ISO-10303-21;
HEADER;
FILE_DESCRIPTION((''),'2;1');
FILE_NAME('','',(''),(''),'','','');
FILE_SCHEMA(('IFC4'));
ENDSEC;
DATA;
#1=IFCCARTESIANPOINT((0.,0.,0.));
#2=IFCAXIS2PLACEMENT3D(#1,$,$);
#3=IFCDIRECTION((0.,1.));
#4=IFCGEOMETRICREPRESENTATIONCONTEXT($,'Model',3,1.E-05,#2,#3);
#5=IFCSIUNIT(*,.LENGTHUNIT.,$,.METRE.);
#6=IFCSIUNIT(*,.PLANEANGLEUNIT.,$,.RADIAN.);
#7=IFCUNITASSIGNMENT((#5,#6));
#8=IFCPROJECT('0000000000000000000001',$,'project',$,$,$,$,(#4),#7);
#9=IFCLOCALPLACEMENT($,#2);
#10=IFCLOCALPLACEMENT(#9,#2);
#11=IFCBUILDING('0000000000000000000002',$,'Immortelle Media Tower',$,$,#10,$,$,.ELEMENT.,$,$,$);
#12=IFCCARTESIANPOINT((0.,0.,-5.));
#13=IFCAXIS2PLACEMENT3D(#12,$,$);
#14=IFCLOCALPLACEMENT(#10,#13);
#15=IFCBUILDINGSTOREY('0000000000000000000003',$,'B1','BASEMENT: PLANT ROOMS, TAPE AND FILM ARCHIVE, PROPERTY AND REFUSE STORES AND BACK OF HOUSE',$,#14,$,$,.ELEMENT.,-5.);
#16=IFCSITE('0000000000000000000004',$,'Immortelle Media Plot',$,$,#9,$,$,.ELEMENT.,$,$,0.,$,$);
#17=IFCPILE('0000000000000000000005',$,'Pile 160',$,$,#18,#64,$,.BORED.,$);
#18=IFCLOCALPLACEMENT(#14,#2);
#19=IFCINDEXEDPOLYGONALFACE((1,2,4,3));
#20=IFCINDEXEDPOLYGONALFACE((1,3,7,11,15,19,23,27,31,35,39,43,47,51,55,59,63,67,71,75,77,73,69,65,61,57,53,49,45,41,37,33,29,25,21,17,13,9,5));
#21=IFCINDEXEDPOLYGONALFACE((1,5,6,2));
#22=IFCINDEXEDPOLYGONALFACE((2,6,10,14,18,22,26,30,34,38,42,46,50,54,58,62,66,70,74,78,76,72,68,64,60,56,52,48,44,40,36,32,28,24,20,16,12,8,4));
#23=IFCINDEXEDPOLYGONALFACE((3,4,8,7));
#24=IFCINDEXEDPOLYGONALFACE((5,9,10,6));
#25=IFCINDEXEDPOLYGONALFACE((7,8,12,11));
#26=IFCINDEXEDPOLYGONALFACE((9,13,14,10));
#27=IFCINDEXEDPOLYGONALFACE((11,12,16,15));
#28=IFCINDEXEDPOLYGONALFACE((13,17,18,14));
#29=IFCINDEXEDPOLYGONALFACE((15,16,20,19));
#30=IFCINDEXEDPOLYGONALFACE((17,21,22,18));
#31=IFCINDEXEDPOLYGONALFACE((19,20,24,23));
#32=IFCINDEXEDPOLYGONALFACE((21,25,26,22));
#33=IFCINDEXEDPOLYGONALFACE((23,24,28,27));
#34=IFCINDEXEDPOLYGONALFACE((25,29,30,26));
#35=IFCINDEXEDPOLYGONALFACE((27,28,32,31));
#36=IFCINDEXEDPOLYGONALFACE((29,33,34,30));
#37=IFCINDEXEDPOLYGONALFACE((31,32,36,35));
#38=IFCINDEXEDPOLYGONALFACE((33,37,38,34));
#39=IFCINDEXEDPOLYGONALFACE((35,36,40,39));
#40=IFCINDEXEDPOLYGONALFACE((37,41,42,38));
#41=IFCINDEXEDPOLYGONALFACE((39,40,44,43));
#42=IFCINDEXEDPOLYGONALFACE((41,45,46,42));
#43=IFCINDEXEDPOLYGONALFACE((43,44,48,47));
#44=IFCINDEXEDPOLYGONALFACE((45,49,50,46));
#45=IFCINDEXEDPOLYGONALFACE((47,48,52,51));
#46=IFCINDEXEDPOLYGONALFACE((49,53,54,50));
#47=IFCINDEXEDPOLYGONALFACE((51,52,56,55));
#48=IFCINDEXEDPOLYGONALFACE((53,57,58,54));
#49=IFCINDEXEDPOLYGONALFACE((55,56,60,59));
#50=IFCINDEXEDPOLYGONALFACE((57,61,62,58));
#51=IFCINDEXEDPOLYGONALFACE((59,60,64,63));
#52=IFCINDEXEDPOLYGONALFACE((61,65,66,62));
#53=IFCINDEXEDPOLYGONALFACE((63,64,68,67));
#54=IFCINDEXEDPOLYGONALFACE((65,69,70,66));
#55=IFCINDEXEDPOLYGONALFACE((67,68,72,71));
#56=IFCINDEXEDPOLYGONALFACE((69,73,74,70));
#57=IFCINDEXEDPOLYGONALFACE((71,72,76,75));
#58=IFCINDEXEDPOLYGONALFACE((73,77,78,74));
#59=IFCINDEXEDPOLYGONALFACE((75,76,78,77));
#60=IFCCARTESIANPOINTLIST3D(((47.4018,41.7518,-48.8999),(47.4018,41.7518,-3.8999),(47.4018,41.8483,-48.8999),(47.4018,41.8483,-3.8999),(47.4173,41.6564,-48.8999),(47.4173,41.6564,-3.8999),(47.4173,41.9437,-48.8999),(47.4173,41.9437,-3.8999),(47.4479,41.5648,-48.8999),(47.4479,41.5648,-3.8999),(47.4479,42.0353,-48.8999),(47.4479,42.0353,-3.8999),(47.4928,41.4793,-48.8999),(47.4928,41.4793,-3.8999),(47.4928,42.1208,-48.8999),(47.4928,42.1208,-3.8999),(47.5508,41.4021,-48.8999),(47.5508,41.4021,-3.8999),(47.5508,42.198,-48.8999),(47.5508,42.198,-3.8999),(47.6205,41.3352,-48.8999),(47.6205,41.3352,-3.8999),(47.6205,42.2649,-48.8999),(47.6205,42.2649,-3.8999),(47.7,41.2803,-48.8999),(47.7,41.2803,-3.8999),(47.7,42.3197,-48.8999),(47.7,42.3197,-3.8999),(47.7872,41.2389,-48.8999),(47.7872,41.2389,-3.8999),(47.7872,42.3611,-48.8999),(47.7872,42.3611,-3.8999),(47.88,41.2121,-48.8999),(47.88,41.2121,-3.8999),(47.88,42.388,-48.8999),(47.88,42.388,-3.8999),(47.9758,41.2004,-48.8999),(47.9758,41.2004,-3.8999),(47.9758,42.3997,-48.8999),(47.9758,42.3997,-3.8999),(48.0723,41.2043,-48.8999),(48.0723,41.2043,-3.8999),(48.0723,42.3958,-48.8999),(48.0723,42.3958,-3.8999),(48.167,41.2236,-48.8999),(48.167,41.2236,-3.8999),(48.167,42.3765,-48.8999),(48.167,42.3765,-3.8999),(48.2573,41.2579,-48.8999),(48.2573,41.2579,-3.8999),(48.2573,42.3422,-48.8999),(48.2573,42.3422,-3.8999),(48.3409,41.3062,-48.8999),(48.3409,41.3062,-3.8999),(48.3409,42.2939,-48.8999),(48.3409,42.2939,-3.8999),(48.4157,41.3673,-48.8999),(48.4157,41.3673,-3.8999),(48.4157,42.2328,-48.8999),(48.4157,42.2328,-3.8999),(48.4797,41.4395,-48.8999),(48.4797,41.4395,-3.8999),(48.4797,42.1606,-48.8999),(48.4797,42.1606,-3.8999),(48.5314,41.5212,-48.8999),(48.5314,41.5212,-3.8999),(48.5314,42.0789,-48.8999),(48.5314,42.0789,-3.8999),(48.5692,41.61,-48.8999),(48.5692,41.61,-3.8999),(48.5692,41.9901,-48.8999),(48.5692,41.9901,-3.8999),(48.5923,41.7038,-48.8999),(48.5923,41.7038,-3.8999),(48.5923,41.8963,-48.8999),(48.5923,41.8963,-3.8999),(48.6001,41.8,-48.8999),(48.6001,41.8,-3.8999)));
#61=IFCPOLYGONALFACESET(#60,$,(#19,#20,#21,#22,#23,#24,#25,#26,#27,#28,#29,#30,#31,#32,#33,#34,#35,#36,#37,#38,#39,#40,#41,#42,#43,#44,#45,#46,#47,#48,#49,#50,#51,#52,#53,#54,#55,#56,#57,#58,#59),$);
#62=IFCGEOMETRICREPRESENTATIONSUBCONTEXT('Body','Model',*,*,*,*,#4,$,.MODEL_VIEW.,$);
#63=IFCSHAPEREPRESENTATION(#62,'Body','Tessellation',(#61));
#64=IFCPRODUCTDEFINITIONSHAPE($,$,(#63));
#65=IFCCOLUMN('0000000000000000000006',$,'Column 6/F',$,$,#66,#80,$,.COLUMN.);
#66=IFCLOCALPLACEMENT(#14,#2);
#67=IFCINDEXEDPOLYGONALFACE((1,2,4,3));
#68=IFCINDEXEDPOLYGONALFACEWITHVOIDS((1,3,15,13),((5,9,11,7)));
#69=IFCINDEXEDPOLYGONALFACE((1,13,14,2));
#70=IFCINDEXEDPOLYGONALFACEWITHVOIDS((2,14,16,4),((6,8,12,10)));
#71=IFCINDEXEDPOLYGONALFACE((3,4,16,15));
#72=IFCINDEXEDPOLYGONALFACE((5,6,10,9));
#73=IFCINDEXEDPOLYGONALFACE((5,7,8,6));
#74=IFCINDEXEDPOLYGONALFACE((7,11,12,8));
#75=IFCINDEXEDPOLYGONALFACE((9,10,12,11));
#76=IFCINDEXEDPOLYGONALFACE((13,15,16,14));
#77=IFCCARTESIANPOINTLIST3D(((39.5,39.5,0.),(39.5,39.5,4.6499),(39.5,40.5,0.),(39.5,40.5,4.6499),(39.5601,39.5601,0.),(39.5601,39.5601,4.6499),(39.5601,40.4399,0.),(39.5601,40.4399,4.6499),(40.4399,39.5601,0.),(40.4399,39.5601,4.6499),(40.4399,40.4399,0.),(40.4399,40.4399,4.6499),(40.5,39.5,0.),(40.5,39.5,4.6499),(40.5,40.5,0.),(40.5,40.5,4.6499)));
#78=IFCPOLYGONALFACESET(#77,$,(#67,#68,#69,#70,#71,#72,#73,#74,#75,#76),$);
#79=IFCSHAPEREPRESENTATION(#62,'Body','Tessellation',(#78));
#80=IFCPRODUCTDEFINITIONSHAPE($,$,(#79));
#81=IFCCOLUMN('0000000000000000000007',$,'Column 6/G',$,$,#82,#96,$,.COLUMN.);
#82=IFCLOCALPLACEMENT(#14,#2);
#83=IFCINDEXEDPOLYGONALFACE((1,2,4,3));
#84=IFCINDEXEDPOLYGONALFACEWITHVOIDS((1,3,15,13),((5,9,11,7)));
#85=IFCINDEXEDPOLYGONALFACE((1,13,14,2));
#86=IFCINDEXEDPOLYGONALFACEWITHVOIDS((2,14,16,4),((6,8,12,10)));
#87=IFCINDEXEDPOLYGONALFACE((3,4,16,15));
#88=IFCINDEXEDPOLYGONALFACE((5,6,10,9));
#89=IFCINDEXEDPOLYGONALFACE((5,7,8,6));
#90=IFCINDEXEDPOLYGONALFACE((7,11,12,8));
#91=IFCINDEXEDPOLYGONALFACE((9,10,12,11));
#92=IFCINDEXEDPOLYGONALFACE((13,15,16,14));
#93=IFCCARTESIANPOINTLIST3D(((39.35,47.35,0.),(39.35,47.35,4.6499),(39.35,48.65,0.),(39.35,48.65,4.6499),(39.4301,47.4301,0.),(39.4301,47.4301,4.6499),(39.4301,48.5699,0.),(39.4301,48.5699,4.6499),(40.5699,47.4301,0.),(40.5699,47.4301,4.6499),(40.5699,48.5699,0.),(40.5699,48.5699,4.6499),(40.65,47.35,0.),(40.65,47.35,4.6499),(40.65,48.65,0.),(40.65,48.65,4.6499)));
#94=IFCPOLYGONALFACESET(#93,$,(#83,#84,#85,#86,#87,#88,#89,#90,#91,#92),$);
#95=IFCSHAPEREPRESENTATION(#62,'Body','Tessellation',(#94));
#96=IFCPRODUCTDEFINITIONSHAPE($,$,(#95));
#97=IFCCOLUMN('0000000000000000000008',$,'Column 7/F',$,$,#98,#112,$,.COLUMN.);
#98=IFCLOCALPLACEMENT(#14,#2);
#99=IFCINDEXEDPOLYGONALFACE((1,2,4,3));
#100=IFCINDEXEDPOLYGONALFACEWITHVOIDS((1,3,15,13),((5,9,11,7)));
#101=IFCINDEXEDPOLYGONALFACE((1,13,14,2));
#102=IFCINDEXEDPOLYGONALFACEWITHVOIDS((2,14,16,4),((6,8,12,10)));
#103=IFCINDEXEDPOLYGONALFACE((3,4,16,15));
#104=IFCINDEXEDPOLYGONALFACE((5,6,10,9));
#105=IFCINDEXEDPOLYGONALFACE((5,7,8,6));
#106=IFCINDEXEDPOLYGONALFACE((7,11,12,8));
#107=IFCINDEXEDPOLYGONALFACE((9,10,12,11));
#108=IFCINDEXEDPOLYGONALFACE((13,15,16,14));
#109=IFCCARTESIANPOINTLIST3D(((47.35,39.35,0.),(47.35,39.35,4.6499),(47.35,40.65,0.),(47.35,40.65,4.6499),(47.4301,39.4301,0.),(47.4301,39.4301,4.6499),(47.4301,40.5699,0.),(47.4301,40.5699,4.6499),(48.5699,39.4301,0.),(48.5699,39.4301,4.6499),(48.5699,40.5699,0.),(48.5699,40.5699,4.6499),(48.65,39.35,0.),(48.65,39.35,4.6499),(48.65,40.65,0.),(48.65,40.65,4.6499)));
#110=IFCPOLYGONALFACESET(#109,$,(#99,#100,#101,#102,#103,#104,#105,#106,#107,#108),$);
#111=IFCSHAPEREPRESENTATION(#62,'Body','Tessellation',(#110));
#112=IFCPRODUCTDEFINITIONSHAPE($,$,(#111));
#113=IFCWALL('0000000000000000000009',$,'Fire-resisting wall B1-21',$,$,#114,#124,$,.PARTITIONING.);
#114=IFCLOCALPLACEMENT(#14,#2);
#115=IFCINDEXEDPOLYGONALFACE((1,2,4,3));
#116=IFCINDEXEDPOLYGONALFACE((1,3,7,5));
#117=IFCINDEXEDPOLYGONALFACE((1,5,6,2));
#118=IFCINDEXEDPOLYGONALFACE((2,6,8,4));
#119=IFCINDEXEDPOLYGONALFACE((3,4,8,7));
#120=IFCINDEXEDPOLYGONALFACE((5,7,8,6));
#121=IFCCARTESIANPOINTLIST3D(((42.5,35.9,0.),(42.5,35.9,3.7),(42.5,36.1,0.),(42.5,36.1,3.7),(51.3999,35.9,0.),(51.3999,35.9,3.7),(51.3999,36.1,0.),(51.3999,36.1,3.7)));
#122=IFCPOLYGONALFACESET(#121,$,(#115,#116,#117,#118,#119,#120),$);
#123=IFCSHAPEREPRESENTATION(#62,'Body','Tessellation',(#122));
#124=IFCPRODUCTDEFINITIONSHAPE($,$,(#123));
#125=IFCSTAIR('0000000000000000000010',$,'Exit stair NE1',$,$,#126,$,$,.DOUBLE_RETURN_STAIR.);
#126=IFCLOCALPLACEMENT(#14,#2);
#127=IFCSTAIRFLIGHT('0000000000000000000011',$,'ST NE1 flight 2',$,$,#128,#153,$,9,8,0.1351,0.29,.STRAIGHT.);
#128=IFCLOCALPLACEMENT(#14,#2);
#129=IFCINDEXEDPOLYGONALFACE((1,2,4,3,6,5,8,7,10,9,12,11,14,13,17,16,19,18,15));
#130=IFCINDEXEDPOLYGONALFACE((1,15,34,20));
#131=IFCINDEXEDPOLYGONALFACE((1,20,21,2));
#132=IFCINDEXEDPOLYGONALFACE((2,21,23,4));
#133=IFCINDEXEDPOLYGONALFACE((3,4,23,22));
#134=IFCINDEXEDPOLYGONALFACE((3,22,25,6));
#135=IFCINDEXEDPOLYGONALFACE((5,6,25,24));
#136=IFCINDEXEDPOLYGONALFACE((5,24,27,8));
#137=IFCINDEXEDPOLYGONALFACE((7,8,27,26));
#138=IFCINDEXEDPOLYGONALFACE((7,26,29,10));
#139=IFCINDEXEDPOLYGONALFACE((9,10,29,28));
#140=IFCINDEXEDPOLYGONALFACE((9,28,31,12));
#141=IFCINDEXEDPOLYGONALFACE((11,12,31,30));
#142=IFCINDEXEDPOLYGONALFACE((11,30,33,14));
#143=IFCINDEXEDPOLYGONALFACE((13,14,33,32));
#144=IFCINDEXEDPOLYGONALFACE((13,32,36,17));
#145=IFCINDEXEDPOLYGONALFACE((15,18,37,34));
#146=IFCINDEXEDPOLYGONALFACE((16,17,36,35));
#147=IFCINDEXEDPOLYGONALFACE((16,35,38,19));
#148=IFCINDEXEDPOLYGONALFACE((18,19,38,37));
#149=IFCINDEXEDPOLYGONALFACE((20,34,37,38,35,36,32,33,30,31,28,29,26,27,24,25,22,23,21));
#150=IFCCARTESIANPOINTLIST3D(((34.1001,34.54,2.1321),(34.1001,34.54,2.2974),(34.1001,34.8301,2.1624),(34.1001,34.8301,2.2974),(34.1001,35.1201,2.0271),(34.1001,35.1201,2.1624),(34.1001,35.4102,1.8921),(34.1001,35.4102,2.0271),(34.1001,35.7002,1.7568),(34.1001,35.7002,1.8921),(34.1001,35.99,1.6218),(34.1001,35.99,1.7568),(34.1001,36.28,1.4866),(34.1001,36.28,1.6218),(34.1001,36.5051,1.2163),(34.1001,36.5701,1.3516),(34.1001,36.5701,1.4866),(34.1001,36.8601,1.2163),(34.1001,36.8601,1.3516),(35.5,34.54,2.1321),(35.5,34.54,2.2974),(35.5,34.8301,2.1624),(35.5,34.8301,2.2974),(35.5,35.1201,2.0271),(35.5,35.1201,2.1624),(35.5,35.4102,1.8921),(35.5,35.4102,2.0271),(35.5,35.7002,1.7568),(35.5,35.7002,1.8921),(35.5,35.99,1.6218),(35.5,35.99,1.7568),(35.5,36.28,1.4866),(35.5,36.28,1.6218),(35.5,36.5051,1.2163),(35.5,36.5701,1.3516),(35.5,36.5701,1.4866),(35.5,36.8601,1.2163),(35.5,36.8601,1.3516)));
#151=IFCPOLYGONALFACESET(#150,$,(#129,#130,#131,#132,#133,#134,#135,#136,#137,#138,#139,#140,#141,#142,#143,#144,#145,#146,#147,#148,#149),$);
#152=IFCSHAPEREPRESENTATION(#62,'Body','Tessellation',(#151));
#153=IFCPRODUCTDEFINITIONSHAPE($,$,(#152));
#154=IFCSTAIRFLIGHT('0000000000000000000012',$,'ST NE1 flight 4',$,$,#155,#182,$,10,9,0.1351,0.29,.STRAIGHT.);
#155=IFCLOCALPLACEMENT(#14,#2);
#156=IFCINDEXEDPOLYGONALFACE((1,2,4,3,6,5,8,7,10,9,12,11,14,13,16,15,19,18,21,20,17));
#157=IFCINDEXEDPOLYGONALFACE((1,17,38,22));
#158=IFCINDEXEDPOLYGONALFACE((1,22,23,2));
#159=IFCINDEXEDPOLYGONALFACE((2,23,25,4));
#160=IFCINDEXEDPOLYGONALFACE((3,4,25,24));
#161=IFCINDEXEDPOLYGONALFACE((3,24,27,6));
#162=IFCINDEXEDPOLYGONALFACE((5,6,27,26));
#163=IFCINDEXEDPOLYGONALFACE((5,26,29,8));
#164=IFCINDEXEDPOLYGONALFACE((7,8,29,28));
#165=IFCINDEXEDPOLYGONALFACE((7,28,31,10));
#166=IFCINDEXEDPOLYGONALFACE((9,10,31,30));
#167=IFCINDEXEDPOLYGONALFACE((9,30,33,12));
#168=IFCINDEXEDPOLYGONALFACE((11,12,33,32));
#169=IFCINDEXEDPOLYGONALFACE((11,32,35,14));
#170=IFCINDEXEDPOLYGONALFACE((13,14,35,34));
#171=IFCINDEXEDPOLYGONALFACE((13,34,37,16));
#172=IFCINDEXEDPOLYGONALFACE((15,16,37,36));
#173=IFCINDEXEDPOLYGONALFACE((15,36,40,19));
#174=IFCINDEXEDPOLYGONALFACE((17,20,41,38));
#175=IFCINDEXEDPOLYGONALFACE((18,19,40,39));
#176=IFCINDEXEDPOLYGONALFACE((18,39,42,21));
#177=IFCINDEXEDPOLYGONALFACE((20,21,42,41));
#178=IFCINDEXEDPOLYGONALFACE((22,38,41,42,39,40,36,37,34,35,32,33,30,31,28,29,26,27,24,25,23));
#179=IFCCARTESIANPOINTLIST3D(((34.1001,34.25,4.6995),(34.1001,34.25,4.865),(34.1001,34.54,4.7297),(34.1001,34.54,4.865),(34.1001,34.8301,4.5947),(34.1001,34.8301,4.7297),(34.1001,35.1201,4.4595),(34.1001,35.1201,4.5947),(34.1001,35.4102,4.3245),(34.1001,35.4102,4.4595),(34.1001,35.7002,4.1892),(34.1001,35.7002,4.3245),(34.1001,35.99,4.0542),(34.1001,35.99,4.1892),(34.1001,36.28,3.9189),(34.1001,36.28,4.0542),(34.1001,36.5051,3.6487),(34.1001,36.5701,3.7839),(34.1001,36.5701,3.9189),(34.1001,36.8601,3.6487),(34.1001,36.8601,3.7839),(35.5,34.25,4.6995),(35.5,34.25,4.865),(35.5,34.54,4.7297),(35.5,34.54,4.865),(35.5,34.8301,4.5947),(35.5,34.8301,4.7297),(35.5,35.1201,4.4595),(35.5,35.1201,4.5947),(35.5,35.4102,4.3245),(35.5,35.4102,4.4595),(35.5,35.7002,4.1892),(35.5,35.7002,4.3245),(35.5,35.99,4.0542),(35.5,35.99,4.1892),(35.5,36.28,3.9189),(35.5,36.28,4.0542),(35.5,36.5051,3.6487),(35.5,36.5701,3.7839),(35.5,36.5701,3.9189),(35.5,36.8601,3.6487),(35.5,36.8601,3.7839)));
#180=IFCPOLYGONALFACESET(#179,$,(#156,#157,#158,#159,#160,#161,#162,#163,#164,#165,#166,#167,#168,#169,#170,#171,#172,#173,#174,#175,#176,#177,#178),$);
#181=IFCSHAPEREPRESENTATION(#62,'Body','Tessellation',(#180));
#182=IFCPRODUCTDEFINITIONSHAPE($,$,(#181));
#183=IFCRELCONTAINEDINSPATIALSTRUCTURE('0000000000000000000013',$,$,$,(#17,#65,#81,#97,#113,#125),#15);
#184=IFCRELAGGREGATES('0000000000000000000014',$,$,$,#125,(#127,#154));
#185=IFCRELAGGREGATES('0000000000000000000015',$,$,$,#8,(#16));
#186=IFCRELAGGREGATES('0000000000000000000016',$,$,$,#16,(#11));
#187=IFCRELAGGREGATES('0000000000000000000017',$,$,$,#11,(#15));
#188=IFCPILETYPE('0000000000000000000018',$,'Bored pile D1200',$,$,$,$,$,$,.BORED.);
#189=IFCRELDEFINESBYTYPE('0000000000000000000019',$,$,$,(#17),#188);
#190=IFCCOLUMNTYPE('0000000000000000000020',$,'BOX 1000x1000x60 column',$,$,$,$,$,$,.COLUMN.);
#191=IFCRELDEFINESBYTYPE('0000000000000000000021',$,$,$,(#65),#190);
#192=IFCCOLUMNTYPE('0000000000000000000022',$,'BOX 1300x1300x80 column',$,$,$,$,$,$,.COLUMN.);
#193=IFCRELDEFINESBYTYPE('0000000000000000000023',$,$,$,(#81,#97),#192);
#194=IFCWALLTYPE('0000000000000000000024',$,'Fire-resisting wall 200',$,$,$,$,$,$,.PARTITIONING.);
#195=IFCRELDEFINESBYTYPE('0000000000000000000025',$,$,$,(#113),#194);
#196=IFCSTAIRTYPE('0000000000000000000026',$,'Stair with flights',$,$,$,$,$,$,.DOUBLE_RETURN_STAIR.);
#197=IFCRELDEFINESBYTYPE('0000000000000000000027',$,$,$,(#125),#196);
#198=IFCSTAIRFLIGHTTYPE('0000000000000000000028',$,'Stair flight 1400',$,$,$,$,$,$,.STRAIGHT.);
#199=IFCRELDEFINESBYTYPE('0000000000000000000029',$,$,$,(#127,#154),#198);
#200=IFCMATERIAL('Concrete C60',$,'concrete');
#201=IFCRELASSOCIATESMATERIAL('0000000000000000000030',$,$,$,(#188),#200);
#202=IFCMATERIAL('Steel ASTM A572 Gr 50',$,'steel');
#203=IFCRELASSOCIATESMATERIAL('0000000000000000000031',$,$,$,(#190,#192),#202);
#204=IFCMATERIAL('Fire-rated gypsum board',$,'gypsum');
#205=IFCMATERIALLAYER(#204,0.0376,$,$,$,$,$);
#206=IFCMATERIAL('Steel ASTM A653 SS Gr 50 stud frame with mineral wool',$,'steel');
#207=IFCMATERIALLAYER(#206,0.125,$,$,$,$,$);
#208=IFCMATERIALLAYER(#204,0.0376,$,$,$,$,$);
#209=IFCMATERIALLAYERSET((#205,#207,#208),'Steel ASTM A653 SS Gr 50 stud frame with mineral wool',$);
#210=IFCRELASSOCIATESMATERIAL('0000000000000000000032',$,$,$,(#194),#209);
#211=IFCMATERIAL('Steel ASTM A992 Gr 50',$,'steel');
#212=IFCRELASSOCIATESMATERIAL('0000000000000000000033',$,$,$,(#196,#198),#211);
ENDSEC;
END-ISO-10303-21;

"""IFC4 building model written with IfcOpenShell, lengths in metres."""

from ifc_helpers import new_model, si_unit, direction, frame, frame_2d, origin, origin_2d, place, context, subcontext, project, spatial, polyline, rectangle, hollow_rectangle, circle, outline, extrude, material, layer, layer_set, material_profile, profile_set, type_object, element, aggregate, save


model = new_model("IFC4")

# Units and contexts
model_context = context("Model", 3, precision=1e-05, world=origin(), true_north=direction((0.0, 1.0)))
body_context = subcontext(model_context, "Body", "Model", "MODEL_VIEW")
ifc_project = project(units=[si_unit("LENGTHUNIT", "METRE"), si_unit("PLANEANGLEUNIT", "RADIAN")], contexts=[model_context])

# Site, building, storey
site_placement = place(None, origin())
site = spatial("IfcSite", under=ifc_project, at=site_placement, Name="Immortelle Media Plot", CompositionType="ELEMENT", RefElevation=0.0)
building_placement = place(site_placement, origin())
building = spatial("IfcBuilding", under=site, at=building_placement, Name="Immortelle Media Tower", CompositionType="ELEMENT")
storey_placement = place(building_placement, frame((0.0, 0.0, -5.0)))
storey = spatial("IfcBuildingStorey", under=building, at=storey_placement, Name="B1", Description="BASEMENT: PLANT ROOMS, TAPE AND FILM ARCHIVE, PROPERTY AND REFUSE STORES AND BACK OF HOUSE", CompositionType="ELEMENT", Elevation=-5.0)

# Pile
ifc_material_1 = material(Name="Concrete C60", Category="concrete")
ifc_material_profile_1 = material_profile(ifc_material_1, circle(Radius=0.6001, at=origin_2d()), Name="Bored pile D1200")
ifc_profile_set_1 = profile_set([ifc_material_profile_1], Name="Concrete C60")
pile_type = type_object("IfcPileType", Name="Bored pile D1200", PredefinedType="BORED", material=ifc_profile_set_1)
for number, where, z_axis, x_axis, name in (
    (1, (48.0, 41.8, -3.8999), (0.0, 0.0, -1.0), (1.0, 0.0, 0.0), "Pile 160"),
):
    element("IfcPile", number, at=place(storey_placement, frame(where, z_axis=z_axis, x_axis=x_axis)), inside=storey, type_object=pile_type, Name=name, PredefinedType="BORED", context=body_context, shape_type="SweptSolid", body=[
        extrude(circle(Radius=0.6001, at=origin_2d()), origin(), (0.0, 0.0, 1.0), 45.0),
    ])

# Columns
ifc_material_2 = material(Name="Steel ASTM A572 Gr 50", Category="steel")
ifc_material_profile_2 = material_profile(ifc_material_2, hollow_rectangle(XDim=1.0, YDim=1.0, WallThickness=0.0601, at=origin_2d()), Name="BOX 1000x1000x60 column")
ifc_profile_set_2 = profile_set([ifc_material_profile_2], Name="Steel ASTM A572 Gr 50")
column_type_1 = type_object("IfcColumnType", Name="BOX 1000x1000x60 column", PredefinedType="COLUMN", material=ifc_profile_set_2)
column_placement = place(storey_placement, frame((40.0, 40.0, 0.0), z_axis=(0.0, 0.0, 1.0), x_axis=(1.0, 0.0, 0.0)))
element("IfcColumn", 2, at=column_placement, inside=storey, type_object=column_type_1, Name="Column 6/F", PredefinedType="COLUMN", context=body_context, shape_type="SweptSolid", body=[
    extrude(hollow_rectangle(XDim=1.0, YDim=1.0, WallThickness=0.0601, at=origin_2d()), origin(), (0.0, 0.0, 1.0), 4.6499),
])
ifc_material_profile_3 = material_profile(ifc_material_2, hollow_rectangle(XDim=1.3, YDim=1.3, WallThickness=0.0801, at=origin_2d()), Name="BOX 1300x1300x80 column")
ifc_profile_set_3 = profile_set([ifc_material_profile_3], Name="Steel ASTM A572 Gr 50")
column_type_2 = type_object("IfcColumnType", Name="BOX 1300x1300x80 column", PredefinedType="COLUMN", material=ifc_profile_set_3)
for number, where, z_axis, x_axis, name in (
    (3, (40.0, 48.0, 0.0), (0.0, 0.0, 1.0), (1.0, 0.0, 0.0), "Column 6/G"),
    (4, (48.0, 40.0, 0.0), (0.0, 0.0, 1.0), (1.0, 0.0, 0.0), "Column 7/F"),
):
    element("IfcColumn", number, at=place(storey_placement, frame(where, z_axis=z_axis, x_axis=x_axis)), inside=storey, type_object=column_type_2, Name=name, PredefinedType="COLUMN", context=body_context, shape_type="SweptSolid", body=[
        extrude(hollow_rectangle(XDim=1.3, YDim=1.3, WallThickness=0.0801, at=origin_2d()), origin(), (0.0, 0.0, 1.0), 4.6499),
    ])

# Wall
ifc_material_3 = material(Name="Fire-rated gypsum board", Category="gypsum")
ifc_layer_1 = layer(ifc_material_3, 0.0376)
ifc_material_4 = material(Name="Steel ASTM A653 SS Gr 50 stud frame with mineral wool", Category="steel")
ifc_layer_2 = layer(ifc_material_4, 0.125)
ifc_layer_3 = layer(ifc_material_3, 0.0376)
ifc_layer_set_1 = layer_set([ifc_layer_1, ifc_layer_2, ifc_layer_3], Name="Steel ASTM A653 SS Gr 50 stud frame with mineral wool")
wall_type = type_object("IfcWallType", Name="Fire-resisting wall 200", PredefinedType="PARTITIONING", material=ifc_layer_set_1)
wall_placement = place(storey_placement, frame((42.5, 36.0, 0.0), z_axis=(0.0, 0.0, 1.0), x_axis=(1.0, 0.0, 0.0)))
element("IfcWall", 5, at=wall_placement, inside=storey, type_object=wall_type, Name="Fire-resisting wall B1-21", PredefinedType="PARTITIONING", context=body_context, shape_type="SweptSolid", body=[
    extrude(rectangle(XDim=8.8999, YDim=0.2, at=frame_2d((4.45, 0.0))), origin(), (0.0, 0.0, 1.0), 3.7),
])

# Stair, stair flights
ifc_material_5 = material(Name="Steel ASTM A992 Gr 50", Category="steel")
stair_type = type_object("IfcStairType", Name="Stair with flights", PredefinedType="DOUBLE_RETURN_STAIR", material=ifc_material_5)
stair_1_placement = place(storey_placement, origin())
stair_1 = element("IfcStair", 6, at=stair_1_placement, inside=storey, type_object=stair_type, Name="Exit stair NE1", PredefinedType="DOUBLE_RETURN_STAIR")
stair_flight_type = type_object("IfcStairFlightType", Name="Stair flight 1400", PredefinedType="STRAIGHT", material=ifc_material_5)
stair_flight_1_placement = place(storey_placement, frame((34.8, 36.8601, 1.2163), z_axis=(0.0, 0.0, 1.0), x_axis=(0.0, -1.0, 0.0)))
stair_flight_1 = element("IfcStairFlight", 7, at=stair_flight_1_placement, type_object=stair_flight_type, Name="ST NE1 flight 2", NumberOfRisers=9, NumberOfTreads=8, PredefinedType="STRAIGHT", RiserHeight=0.1351, TreadLength=0.29, context=body_context, shape_type="SweptSolid", body=[
    extrude(outline(polyline([(0.0, 0.0), (0.0, 0.1353), (0.29, 0.1353), (0.29, 0.2703), (0.5801, 0.2703), (0.5801, 0.4055), (0.8701, 0.4055), (0.8701, 0.5405), (1.1599, 0.5405), (1.1599, 0.6758), (1.45, 0.6758), (1.45, 0.8108), (1.74, 0.8108), (1.74, 0.946), (2.03, 0.946), (2.03, 1.0811), (2.3201, 1.0811), (2.3201, 1.2163), (2.3201, 0.9158), (0.355, 0.0), (0.0, 0.0)])), frame((0.0, 0.7, 0.0), z_axis=(0.0, -1.0, 0.0), x_axis=(1.0, 0.0, 0.0)), (0.0, 0.0, 1.0), 1.3999),
])
stair_flight_2_placement = place(storey_placement, frame((34.8, 36.8601, 3.6487), z_axis=(0.0, 0.0, 1.0), x_axis=(0.0, -1.0, 0.0)))
stair_flight_2 = element("IfcStairFlight", 8, at=stair_flight_2_placement, type_object=stair_flight_type, Name="ST NE1 flight 4", NumberOfRisers=10, NumberOfTreads=9, PredefinedType="STRAIGHT", RiserHeight=0.1351, TreadLength=0.29, context=body_context, shape_type="SweptSolid", body=[
    extrude(outline(polyline([(0.0, 0.0), (0.0, 0.1353), (0.29, 0.1353), (0.29, 0.2703), (0.5801, 0.2703), (0.5801, 0.4055), (0.8701, 0.4055), (0.8701, 0.5405), (1.1599, 0.5405), (1.1599, 0.6758), (1.45, 0.6758), (1.45, 0.8108), (1.74, 0.8108), (1.74, 0.946), (2.03, 0.946), (2.03, 1.0811), (2.3201, 1.0811), (2.3201, 1.2163), (2.6101, 1.2163), (2.6101, 1.3513), (2.6101, 1.0508), (0.355, 0.0), (0.0, 0.0)])), frame((0.0, 0.7, 0.0), z_axis=(0.0, -1.0, 0.0), x_axis=(1.0, 0.0, 0.0)), (0.0, 0.0, 1.0), 1.3999),
])
aggregate(stair_1, [stair_flight_1, stair_flight_2])

save(model, "model.ifc")
